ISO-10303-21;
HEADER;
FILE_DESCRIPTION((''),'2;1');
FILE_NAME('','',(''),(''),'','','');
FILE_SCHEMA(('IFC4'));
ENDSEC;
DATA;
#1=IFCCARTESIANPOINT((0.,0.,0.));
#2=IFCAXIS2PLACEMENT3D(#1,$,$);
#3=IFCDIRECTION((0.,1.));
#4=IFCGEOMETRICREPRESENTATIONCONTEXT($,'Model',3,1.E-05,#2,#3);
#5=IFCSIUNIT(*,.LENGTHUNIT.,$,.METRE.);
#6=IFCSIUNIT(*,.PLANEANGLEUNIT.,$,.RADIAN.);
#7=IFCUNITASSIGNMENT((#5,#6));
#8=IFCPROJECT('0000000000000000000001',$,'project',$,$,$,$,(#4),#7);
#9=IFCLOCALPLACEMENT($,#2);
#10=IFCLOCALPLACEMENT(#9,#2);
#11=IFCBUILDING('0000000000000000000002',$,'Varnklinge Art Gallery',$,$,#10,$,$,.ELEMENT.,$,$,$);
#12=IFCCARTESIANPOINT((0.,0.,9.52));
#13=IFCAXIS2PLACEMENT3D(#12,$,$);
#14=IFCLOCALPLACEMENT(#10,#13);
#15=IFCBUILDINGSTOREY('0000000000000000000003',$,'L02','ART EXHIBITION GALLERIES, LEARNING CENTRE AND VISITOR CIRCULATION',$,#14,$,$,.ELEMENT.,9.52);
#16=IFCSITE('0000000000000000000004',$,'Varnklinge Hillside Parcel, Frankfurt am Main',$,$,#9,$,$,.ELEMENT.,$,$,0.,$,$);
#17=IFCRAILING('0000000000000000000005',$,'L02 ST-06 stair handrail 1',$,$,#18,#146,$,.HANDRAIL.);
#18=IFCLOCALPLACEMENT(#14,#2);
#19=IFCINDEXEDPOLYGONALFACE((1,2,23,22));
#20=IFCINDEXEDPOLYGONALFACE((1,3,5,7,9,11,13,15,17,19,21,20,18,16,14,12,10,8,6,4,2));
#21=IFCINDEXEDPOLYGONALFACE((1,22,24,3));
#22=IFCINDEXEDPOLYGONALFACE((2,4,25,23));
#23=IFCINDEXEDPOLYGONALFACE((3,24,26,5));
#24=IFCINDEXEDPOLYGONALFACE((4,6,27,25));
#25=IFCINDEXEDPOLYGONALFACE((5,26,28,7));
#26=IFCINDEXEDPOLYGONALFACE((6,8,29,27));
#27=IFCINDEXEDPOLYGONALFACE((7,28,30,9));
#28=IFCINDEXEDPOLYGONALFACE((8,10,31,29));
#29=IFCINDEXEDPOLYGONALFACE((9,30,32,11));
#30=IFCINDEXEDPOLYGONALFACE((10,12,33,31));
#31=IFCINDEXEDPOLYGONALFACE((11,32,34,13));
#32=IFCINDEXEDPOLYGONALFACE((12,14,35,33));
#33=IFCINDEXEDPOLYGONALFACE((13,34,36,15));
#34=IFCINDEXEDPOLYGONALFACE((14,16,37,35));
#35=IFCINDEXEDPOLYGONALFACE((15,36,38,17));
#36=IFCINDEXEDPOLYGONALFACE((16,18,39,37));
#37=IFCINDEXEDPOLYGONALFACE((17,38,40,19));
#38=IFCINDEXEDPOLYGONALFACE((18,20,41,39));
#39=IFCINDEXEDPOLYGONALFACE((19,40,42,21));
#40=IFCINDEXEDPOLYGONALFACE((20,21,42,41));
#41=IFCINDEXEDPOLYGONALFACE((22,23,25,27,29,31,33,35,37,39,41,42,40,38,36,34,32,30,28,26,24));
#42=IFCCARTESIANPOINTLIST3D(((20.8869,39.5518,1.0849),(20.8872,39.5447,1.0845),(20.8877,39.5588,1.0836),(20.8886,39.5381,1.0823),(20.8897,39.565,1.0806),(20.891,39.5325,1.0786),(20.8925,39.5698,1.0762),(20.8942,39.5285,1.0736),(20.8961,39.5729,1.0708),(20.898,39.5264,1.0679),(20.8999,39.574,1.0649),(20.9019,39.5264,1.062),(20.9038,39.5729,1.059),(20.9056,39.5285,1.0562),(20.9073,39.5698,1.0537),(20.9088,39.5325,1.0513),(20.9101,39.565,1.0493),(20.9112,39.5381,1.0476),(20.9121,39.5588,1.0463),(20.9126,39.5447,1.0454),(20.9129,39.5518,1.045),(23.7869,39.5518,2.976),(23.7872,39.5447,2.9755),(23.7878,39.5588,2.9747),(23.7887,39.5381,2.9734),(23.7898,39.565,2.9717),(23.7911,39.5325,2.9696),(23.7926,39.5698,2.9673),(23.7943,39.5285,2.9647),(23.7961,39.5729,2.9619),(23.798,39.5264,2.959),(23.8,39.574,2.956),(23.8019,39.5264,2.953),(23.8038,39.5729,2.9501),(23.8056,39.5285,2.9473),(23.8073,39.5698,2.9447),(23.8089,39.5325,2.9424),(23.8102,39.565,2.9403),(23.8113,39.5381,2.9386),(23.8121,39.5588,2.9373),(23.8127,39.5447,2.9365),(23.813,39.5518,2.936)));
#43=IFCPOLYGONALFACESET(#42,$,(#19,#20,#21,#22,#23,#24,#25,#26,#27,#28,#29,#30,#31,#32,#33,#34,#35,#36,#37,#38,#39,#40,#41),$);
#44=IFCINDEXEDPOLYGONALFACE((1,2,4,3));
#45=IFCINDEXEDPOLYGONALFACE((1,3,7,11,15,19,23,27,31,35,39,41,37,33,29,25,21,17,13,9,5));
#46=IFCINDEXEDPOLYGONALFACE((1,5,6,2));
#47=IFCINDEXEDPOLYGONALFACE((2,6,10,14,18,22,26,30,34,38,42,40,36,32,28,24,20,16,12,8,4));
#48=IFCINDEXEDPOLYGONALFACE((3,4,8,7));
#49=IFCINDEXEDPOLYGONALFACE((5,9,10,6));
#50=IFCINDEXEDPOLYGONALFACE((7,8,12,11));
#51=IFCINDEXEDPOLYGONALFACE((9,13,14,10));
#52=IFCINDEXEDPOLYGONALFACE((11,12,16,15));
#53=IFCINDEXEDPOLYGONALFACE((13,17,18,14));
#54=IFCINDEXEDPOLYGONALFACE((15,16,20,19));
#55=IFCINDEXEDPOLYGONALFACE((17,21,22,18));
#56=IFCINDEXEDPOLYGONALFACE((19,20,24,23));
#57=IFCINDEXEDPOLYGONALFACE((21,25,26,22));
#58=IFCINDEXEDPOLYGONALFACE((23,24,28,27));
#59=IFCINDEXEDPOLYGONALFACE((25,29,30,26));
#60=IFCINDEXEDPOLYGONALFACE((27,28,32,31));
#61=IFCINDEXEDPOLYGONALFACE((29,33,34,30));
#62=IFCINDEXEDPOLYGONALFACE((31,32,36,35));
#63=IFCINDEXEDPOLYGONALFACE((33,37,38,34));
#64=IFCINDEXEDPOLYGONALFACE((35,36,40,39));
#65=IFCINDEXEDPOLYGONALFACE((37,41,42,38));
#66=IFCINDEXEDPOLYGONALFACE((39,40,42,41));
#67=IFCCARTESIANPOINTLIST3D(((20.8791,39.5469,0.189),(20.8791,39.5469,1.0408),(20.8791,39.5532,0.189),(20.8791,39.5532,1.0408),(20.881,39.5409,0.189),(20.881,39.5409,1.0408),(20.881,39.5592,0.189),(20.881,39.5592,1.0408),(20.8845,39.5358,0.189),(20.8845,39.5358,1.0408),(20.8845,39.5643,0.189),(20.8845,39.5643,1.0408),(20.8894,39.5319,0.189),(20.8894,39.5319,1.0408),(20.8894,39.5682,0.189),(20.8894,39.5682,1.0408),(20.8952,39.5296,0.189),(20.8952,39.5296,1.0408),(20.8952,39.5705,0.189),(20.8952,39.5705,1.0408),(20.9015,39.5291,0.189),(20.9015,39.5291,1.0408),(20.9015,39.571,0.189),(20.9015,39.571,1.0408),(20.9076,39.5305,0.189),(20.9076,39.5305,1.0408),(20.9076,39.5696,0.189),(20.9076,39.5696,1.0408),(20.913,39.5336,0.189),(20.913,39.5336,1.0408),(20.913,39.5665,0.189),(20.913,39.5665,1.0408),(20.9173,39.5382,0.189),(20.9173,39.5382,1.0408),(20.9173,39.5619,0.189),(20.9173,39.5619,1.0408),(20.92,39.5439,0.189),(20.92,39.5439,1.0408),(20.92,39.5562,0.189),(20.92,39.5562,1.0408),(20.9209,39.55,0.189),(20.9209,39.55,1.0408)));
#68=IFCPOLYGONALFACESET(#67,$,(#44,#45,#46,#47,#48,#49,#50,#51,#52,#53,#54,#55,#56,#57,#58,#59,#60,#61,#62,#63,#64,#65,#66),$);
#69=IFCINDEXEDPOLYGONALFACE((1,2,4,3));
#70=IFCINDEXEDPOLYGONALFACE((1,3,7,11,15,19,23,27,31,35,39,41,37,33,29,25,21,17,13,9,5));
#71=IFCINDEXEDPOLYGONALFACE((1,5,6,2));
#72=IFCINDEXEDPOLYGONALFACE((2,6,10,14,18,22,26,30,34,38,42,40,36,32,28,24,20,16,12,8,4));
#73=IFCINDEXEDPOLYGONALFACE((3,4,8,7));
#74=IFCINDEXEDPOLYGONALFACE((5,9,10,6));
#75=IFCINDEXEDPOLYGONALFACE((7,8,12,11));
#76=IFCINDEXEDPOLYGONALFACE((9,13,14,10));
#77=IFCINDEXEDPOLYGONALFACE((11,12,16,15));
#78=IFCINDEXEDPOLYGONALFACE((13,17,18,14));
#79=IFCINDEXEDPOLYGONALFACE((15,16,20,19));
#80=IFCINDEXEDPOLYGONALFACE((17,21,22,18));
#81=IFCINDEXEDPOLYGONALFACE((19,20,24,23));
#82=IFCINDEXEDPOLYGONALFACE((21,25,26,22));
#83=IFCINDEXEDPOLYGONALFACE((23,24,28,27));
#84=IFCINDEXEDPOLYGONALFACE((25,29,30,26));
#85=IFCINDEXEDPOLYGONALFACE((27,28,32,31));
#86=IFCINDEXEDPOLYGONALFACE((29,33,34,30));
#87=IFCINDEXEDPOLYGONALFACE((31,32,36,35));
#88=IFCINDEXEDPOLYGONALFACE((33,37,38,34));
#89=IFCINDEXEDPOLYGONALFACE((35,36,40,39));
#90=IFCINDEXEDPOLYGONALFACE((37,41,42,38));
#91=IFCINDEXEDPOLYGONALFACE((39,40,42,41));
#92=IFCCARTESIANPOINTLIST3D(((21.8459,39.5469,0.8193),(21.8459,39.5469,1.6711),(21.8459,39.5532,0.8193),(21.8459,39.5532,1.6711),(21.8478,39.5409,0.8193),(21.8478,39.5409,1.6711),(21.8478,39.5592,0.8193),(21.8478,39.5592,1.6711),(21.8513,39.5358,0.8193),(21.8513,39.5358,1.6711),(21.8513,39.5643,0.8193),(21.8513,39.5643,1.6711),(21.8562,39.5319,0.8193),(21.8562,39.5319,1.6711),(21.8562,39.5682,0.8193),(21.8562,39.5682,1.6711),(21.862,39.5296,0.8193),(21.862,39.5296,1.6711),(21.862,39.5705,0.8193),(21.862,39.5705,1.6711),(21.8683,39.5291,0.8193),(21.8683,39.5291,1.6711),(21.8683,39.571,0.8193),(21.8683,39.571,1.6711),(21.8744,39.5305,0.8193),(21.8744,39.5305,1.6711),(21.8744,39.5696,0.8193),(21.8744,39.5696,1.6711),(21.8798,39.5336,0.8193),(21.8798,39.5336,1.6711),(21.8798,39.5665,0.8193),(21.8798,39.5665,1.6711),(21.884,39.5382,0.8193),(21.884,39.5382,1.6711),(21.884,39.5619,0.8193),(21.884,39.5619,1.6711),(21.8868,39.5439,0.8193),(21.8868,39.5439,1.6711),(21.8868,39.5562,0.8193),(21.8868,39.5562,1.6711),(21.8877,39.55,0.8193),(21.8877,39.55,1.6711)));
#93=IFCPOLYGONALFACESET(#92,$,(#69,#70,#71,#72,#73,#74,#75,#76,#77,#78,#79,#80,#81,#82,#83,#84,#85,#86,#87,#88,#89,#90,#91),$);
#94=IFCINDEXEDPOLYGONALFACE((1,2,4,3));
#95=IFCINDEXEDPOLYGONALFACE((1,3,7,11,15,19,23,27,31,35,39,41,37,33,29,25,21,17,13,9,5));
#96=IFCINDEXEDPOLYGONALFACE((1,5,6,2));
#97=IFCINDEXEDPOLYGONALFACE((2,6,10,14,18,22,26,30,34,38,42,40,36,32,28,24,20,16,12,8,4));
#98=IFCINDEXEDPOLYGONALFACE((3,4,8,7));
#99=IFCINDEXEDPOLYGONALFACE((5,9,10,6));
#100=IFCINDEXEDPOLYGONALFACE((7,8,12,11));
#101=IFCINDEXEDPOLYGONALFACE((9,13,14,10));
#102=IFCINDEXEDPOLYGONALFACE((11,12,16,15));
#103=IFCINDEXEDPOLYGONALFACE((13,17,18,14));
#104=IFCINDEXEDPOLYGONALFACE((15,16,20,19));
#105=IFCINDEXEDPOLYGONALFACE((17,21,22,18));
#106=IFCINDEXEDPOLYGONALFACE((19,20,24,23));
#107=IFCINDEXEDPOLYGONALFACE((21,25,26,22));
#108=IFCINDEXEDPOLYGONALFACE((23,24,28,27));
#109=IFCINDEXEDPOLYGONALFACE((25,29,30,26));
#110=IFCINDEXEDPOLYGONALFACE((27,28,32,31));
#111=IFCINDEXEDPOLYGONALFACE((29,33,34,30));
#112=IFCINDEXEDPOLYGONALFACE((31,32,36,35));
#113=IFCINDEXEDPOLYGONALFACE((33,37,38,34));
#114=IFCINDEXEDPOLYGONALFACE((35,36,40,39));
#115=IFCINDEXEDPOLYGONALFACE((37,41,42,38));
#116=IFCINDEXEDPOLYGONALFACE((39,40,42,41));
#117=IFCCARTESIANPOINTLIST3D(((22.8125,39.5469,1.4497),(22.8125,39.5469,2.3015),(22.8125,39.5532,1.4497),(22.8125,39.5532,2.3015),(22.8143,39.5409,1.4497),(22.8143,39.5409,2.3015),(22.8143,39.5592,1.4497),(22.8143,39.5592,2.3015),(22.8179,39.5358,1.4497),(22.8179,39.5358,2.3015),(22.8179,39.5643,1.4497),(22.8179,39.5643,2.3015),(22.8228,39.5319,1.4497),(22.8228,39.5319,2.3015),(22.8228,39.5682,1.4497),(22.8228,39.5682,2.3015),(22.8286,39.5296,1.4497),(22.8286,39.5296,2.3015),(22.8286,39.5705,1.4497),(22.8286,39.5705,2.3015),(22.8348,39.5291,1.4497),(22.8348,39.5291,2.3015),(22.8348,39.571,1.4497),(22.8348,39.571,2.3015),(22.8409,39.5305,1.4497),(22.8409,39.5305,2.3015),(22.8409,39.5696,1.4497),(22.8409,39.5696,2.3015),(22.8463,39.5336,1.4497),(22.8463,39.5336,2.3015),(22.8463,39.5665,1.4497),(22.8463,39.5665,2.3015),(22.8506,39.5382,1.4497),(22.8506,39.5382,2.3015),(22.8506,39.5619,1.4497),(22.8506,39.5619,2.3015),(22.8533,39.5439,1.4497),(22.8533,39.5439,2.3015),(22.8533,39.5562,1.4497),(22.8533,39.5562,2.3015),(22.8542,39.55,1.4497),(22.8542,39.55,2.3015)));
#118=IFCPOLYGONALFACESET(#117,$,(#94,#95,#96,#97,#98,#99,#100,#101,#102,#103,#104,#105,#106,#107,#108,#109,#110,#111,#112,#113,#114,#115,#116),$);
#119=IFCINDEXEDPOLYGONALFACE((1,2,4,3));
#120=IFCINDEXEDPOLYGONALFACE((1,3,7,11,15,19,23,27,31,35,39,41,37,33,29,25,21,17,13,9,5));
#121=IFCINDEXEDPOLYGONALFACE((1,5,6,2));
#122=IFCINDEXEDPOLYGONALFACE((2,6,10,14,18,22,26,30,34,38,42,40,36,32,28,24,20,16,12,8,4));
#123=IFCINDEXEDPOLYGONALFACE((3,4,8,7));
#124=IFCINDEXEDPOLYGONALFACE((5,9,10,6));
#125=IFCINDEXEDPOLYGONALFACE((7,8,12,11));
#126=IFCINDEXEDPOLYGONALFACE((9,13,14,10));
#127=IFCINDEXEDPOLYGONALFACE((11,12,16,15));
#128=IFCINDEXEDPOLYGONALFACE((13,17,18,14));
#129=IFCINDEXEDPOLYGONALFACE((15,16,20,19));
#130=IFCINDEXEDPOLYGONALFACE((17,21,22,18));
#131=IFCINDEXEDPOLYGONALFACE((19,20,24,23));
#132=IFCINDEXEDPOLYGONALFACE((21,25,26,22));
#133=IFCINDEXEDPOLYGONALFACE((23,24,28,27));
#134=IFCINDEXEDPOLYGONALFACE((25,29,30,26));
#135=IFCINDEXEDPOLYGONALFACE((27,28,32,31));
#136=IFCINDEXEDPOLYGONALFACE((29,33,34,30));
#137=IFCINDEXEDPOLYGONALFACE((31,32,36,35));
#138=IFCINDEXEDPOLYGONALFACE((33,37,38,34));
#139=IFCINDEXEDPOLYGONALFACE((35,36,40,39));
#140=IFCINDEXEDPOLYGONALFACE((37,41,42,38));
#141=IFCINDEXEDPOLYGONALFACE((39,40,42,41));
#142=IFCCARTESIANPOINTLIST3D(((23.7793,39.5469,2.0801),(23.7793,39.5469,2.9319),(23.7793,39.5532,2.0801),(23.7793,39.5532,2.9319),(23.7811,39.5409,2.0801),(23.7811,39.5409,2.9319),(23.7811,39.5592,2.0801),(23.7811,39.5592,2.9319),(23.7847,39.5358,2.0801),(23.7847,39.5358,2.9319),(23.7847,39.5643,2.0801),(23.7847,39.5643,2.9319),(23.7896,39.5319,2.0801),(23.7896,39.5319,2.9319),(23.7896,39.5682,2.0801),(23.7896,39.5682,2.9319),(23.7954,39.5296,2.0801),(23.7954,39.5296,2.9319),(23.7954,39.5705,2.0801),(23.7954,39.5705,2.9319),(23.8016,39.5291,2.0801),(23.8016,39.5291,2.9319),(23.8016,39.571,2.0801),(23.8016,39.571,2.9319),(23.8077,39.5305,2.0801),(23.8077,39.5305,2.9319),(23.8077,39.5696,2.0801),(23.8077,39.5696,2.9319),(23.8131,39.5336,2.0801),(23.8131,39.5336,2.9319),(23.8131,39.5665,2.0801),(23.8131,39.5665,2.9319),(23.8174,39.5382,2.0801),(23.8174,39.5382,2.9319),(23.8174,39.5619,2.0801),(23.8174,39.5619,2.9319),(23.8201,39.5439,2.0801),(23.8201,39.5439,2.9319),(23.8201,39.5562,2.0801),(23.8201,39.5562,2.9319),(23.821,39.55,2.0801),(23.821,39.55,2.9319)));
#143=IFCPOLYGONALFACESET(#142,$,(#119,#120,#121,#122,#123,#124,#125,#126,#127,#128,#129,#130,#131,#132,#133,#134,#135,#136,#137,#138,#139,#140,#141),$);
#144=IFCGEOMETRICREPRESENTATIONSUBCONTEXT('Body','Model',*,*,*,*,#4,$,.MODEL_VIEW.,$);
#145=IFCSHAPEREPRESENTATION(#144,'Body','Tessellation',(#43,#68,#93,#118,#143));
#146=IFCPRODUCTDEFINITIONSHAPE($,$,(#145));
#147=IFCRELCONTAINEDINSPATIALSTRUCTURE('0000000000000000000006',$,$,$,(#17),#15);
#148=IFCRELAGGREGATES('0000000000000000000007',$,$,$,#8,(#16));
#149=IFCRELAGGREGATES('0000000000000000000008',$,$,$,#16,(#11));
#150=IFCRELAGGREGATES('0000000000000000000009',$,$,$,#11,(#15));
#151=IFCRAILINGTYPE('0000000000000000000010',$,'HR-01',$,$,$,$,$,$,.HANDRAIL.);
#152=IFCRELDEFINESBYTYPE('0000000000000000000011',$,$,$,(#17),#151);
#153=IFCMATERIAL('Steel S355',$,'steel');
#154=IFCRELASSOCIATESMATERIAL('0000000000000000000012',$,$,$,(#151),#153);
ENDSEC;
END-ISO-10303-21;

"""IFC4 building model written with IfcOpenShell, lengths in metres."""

from ifc_helpers import new_model, si_unit, direction, frame, origin, origin_2d, place, context, subcontext, project, spatial, circle, extrude, material, type_object, element, save


model = new_model("IFC4")

# Units and contexts
model_context = context("Model", 3, precision=1e-05, world=origin(), true_north=direction((0.0, 1.0)))
body_context = subcontext(model_context, "Body", "Model", "MODEL_VIEW")
ifc_project = project(units=[si_unit("LENGTHUNIT", "METRE"), si_unit("PLANEANGLEUNIT", "RADIAN")], contexts=[model_context])

# Site, building, storey
site_placement = place(None, origin())
site = spatial("IfcSite", under=ifc_project, at=site_placement, Name="Varnklinge Hillside Parcel, Frankfurt am Main", CompositionType="ELEMENT", RefElevation=0.0)
building_placement = place(site_placement, origin())
building = spatial("IfcBuilding", under=site, at=building_placement, Name="Varnklinge Art Gallery", CompositionType="ELEMENT")
storey_placement = place(building_placement, frame((0.0, 0.0, 9.52)))
storey = spatial("IfcBuildingStorey", under=building, at=storey_placement, Name="L02", Description="ART EXHIBITION GALLERIES, LEARNING CENTRE AND VISITOR CIRCULATION", CompositionType="ELEMENT", Elevation=9.52)

# Railing
ifc_material_1 = material(Name="Steel S355", Category="steel")
railing_type_1 = type_object("IfcRailingType", Name="HR-01", PredefinedType="HANDRAIL", material=ifc_material_1)
railing_1_placement = place(storey_placement, frame((20.8999, 39.55, 0.189)))
element("IfcRailing", 1, at=railing_1_placement, inside=storey, type_object=railing_type_1, Name="L02 ST-06 stair handrail 1", PredefinedType="HANDRAIL", context=body_context, shape_type="SweptSolid", body=[
    extrude(circle(Radius=0.0239, at=origin_2d()), frame((0.0, 0.0, 0.876), z_axis=(0.837648, 0.0, 0.54621), x_axis=(0.0, 1.0, 0.0)), (0.0, 0.0, 1.0), 3.4622),
    extrude(circle(Radius=0.021, at=origin_2d()), origin(), (0.0, 0.0, 1.0), 0.8518),
    extrude(circle(Radius=0.021, at=origin_2d()), frame((0.9668, 0.0, 0.6304)), (0.0, 0.0, 1.0), 0.8518),
    extrude(circle(Radius=0.021, at=origin_2d()), frame((1.9333, 0.0, 1.2607)), (0.0, 0.0, 1.0), 0.8518),
    extrude(circle(Radius=0.021, at=origin_2d()), frame((2.9001, 0.0, 1.8911)), (0.0, 0.0, 1.0), 0.8518),
])

save(model, "model.ifc")
